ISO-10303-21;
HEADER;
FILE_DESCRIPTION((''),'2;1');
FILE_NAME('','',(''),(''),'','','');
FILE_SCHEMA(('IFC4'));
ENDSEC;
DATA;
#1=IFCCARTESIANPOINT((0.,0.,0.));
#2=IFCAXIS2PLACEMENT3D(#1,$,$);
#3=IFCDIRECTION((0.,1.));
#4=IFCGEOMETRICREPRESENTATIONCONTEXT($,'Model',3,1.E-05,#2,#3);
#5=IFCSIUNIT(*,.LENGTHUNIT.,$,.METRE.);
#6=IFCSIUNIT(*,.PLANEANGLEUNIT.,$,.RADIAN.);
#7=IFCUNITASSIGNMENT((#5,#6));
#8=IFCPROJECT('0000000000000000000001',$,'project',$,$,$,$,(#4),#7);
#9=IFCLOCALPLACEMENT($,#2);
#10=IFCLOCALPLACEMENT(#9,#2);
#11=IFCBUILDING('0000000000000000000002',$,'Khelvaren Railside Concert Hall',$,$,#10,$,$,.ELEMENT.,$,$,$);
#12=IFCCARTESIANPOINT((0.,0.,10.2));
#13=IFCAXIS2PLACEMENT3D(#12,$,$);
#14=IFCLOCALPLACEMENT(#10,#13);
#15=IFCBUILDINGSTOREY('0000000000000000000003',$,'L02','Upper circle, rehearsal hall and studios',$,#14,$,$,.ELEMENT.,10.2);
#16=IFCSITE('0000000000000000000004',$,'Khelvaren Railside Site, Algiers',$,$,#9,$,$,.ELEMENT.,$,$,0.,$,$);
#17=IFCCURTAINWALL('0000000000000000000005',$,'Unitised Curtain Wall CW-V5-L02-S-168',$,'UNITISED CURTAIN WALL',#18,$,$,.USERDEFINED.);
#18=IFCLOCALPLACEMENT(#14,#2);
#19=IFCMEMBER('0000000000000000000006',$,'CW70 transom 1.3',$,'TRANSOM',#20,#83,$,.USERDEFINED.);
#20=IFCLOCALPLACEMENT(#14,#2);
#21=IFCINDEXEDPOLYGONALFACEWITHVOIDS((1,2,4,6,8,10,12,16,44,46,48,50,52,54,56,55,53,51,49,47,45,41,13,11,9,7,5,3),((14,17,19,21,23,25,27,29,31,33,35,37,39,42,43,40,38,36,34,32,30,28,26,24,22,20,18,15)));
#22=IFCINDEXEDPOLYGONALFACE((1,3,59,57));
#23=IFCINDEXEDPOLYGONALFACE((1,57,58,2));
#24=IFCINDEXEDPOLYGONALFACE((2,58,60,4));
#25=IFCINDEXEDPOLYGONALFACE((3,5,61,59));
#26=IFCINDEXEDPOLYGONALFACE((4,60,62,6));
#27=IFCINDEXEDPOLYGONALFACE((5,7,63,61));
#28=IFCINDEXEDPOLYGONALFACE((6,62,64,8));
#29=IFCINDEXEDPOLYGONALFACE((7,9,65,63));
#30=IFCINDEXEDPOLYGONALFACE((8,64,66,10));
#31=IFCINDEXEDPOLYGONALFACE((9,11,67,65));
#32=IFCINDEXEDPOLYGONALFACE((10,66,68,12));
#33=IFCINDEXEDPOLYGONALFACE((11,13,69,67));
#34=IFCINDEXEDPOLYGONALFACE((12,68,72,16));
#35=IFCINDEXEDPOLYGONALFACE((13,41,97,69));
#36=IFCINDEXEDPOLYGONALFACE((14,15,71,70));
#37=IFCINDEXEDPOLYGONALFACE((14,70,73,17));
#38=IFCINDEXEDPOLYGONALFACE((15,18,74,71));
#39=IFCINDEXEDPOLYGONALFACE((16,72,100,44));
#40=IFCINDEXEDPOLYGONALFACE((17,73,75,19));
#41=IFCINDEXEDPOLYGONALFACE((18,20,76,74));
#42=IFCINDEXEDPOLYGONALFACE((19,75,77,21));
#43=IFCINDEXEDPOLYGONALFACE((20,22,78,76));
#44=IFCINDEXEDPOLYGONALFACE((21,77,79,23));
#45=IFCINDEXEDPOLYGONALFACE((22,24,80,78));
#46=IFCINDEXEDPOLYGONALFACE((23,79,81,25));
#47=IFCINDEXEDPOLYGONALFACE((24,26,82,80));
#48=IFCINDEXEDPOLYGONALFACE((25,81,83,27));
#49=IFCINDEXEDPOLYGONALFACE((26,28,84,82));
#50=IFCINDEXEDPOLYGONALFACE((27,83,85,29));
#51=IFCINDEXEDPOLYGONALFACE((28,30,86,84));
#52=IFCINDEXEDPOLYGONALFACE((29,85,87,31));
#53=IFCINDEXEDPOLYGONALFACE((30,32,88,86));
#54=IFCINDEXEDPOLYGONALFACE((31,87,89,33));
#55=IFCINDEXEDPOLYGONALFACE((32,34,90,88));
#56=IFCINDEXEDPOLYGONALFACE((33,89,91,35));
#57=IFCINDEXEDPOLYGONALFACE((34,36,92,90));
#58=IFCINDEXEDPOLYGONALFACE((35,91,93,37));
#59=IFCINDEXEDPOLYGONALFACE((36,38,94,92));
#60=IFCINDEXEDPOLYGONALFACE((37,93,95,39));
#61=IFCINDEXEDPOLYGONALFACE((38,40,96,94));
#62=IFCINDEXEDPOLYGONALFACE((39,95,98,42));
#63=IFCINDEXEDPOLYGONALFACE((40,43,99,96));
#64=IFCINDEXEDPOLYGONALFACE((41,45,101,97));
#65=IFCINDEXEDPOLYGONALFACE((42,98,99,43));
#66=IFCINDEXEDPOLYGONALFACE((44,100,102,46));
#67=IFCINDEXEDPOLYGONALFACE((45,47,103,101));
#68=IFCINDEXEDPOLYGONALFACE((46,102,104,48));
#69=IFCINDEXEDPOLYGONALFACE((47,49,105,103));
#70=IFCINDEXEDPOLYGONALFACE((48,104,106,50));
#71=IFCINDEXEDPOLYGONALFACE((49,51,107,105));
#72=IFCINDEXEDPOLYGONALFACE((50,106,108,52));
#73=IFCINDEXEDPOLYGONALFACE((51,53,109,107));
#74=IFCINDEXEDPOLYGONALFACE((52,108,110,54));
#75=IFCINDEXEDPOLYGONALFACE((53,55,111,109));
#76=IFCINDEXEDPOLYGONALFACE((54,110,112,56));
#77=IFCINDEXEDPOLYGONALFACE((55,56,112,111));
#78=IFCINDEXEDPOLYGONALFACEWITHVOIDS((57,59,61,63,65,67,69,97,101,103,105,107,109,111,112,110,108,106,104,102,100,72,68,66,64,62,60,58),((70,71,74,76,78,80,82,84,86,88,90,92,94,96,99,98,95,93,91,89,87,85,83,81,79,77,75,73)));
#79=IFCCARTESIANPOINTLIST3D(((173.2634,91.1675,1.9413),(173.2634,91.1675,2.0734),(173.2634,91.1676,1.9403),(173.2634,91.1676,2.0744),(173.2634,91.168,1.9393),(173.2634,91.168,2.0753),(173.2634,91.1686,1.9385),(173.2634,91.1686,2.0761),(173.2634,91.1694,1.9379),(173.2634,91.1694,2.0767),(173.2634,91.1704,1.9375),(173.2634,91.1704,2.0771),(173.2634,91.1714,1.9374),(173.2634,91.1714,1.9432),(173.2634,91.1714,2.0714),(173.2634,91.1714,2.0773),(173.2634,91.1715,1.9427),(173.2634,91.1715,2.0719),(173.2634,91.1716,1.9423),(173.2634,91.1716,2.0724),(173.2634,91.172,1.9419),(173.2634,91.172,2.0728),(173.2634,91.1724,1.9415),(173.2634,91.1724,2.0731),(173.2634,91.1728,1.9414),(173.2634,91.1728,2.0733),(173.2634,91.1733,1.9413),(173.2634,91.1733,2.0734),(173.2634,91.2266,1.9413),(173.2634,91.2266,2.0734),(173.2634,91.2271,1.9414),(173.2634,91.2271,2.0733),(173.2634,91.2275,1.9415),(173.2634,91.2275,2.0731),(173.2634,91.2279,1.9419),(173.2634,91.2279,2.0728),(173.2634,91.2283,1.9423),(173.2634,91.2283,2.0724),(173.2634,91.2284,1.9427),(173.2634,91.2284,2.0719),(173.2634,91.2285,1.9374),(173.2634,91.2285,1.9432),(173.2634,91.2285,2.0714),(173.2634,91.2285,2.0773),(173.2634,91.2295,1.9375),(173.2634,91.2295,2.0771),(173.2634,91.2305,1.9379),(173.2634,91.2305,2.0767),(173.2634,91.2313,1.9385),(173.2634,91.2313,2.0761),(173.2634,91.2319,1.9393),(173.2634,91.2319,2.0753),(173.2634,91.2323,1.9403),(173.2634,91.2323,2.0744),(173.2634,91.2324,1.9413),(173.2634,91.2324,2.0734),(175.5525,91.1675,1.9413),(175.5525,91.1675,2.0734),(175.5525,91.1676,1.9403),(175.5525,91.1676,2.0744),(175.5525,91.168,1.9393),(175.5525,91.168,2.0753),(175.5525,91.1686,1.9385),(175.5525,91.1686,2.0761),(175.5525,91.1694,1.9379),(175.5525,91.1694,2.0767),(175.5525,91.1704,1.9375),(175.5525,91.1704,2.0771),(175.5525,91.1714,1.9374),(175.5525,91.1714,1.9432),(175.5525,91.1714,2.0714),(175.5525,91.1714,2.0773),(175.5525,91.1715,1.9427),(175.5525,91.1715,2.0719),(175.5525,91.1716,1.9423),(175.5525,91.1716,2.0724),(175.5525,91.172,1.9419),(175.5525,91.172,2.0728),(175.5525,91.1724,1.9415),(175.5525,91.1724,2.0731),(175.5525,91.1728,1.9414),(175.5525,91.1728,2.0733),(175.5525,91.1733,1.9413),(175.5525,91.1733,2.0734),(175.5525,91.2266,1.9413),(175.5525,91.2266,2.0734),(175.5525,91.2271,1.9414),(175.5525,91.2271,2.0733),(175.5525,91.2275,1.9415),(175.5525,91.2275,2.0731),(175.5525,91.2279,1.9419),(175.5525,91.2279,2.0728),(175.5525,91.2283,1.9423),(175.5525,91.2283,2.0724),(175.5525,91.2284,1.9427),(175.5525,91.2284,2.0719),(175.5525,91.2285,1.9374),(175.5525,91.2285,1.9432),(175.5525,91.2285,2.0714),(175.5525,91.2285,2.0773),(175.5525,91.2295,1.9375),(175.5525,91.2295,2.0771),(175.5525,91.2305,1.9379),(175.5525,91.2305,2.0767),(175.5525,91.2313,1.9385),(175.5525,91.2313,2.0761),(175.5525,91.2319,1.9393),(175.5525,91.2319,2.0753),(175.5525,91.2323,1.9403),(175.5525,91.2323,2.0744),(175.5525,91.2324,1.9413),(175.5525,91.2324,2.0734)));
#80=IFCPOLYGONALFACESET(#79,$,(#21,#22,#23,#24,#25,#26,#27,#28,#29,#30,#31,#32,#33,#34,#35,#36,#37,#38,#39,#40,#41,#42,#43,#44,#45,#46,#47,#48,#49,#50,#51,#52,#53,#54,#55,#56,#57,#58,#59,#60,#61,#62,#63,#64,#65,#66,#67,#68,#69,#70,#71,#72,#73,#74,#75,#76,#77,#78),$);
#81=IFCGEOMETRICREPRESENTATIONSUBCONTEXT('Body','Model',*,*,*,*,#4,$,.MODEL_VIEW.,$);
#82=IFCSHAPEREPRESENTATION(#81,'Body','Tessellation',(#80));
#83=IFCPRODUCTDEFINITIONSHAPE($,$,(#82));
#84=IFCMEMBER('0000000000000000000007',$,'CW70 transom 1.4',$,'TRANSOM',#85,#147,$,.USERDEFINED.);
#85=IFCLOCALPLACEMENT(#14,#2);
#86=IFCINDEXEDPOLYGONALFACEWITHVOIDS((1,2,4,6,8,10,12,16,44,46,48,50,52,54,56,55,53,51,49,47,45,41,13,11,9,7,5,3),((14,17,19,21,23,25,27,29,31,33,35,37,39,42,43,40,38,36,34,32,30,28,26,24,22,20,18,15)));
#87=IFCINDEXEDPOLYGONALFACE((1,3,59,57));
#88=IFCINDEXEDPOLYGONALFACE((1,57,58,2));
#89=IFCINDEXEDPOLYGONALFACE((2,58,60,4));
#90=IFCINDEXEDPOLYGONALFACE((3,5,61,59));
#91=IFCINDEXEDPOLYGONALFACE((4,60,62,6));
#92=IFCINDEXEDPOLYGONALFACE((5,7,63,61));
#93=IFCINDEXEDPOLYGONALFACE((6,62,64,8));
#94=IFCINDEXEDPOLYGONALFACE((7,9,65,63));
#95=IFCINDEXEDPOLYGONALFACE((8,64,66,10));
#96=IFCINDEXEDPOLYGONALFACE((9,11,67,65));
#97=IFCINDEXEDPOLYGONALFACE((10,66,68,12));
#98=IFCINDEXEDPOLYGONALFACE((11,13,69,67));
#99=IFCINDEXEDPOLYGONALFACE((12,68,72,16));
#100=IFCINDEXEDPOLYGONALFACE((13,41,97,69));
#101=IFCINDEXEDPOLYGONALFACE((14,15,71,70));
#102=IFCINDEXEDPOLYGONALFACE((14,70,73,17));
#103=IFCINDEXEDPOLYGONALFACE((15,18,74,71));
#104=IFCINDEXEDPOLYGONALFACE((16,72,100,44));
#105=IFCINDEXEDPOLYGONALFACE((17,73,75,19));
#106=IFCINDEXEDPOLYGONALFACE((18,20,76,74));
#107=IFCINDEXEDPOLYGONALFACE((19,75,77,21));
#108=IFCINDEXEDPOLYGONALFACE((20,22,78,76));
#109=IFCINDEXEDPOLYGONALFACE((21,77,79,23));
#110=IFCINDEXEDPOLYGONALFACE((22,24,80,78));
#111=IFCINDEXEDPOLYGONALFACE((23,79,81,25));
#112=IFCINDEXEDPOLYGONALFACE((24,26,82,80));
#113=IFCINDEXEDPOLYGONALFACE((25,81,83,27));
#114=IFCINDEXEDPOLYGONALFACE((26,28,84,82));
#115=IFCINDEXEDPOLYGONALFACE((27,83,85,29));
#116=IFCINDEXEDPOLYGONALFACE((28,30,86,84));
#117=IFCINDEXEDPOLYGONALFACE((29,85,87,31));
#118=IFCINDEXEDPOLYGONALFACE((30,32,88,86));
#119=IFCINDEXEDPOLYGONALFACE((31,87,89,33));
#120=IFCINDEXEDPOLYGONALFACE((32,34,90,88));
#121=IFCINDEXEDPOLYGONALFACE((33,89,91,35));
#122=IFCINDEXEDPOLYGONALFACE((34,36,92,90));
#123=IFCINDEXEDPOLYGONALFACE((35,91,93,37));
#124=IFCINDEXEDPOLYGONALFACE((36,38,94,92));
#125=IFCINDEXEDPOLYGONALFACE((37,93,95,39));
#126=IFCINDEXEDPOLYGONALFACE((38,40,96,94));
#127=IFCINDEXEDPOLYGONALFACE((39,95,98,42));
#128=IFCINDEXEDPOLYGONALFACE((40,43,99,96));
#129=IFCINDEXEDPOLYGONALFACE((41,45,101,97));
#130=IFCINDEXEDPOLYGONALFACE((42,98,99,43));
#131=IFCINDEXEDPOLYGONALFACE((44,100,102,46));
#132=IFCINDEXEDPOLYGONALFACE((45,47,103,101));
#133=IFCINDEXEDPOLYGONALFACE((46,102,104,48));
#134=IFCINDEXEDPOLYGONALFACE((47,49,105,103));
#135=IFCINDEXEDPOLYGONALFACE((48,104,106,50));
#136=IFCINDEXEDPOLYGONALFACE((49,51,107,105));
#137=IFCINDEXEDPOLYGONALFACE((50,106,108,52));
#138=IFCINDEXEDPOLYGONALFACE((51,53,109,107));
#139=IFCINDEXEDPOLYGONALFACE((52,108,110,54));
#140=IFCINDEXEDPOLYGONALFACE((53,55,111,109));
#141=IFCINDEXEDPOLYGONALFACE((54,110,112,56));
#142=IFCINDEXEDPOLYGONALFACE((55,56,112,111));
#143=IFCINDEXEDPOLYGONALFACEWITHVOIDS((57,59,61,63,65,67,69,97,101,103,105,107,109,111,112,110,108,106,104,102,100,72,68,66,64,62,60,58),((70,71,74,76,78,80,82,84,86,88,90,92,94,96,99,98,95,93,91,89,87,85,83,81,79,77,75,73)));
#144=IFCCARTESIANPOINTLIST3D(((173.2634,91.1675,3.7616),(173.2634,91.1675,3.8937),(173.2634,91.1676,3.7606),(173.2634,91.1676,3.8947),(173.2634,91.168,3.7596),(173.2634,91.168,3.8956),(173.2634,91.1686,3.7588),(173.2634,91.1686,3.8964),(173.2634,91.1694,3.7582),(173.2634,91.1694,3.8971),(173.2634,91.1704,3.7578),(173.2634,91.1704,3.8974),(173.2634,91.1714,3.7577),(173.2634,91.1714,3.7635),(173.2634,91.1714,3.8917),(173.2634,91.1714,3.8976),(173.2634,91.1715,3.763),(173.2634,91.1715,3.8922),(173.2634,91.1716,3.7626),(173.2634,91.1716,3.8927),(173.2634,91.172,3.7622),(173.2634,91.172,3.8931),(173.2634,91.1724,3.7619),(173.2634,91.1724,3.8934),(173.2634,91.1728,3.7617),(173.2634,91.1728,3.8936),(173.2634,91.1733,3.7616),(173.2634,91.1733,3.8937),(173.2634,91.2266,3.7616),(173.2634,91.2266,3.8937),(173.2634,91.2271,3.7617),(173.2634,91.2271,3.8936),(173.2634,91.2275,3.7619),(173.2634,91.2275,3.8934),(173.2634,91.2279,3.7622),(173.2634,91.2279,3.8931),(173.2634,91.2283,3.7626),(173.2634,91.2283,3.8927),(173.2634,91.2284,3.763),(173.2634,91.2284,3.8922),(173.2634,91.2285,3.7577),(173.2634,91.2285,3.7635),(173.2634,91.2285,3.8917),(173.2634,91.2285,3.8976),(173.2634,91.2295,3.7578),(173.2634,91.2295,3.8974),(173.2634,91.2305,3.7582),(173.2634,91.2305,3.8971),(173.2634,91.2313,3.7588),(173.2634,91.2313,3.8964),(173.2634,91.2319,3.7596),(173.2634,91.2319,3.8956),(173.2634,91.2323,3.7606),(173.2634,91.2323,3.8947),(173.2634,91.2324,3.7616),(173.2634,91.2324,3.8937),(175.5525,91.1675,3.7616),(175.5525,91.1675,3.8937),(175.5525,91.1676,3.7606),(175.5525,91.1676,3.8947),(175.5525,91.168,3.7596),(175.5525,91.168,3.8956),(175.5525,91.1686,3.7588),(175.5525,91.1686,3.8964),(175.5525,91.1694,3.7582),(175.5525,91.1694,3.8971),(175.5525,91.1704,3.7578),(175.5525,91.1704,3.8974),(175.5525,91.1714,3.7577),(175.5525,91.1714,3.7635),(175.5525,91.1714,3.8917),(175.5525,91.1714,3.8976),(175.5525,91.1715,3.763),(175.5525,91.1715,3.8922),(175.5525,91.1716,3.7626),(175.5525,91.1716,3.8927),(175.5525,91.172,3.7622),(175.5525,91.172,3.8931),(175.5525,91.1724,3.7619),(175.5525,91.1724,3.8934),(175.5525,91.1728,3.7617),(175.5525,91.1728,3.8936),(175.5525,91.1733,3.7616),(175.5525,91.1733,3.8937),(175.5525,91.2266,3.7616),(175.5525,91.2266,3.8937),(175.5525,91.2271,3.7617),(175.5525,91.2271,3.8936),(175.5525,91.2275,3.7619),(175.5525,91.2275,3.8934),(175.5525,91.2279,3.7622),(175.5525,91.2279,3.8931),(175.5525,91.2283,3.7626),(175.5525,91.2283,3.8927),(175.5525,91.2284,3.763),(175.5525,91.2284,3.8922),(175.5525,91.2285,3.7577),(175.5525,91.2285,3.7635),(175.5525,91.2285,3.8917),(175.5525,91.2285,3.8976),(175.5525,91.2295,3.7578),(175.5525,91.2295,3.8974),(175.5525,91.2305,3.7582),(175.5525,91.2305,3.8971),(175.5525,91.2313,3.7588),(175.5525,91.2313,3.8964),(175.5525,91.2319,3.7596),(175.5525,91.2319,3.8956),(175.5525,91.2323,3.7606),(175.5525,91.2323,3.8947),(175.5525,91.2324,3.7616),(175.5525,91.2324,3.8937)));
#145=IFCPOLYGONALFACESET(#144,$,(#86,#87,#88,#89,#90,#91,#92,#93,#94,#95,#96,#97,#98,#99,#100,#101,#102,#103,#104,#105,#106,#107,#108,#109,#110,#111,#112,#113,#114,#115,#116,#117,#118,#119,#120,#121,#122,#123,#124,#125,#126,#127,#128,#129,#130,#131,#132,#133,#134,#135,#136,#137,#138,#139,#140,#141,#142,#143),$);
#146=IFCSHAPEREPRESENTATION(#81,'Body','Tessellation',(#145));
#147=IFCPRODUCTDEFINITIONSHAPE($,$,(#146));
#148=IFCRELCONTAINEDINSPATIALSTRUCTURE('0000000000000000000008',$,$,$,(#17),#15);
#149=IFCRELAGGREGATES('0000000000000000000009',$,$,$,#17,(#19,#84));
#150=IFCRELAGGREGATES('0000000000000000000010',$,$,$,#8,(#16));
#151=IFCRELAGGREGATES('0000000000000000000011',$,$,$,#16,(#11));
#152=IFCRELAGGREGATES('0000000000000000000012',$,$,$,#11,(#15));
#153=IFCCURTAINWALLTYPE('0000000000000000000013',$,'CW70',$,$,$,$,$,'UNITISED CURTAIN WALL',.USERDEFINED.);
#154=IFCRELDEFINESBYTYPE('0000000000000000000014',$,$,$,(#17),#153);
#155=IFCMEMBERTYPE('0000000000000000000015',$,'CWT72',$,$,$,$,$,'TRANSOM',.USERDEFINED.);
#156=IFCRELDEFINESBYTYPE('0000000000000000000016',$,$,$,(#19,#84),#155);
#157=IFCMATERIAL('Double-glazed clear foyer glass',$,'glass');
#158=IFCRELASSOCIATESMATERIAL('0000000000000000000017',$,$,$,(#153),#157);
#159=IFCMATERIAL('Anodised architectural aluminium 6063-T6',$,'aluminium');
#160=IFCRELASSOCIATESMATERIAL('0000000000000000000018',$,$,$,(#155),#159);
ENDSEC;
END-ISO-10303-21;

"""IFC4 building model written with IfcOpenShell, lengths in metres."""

from ifc_helpers import new_model, si_unit, direction, frame, origin, origin_2d, place, context, subcontext, project, spatial, hollow_rectangle, extrude, material, material_profile, profile_set, type_object, element, aggregate, save


model = new_model("IFC4")

# Units and contexts
model_context = context("Model", 3, precision=1e-05, world=origin(), true_north=direction((0.0, 1.0)))
body_context = subcontext(model_context, "Body", "Model", "MODEL_VIEW")
ifc_project = project(units=[si_unit("LENGTHUNIT", "METRE"), si_unit("PLANEANGLEUNIT", "RADIAN")], contexts=[model_context])

# Site, building, storey
site_placement = place(None, origin())
site = spatial("IfcSite", under=ifc_project, at=site_placement, Name="Khelvaren Railside Site, Algiers", CompositionType="ELEMENT", RefElevation=0.0)
building_placement = place(site_placement, origin())
building = spatial("IfcBuilding", under=site, at=building_placement, Name="Khelvaren Railside Concert Hall", CompositionType="ELEMENT")
storey_placement = place(building_placement, frame((0.0, 0.0, 10.2)))
storey = spatial("IfcBuildingStorey", under=building, at=storey_placement, Name="L02", Description="Upper circle, rehearsal hall and studios", CompositionType="ELEMENT", Elevation=10.2)

# Curtain wall
ifc_material_1 = material(Name="Double-glazed clear foyer glass", Category="glass")
curtain_wall_type_1 = type_object("IfcCurtainWallType", Name="CW70", ElementType="UNITISED CURTAIN WALL", PredefinedType="USERDEFINED", material=ifc_material_1)
curtain_wall_1_placement = place(storey_placement, origin())
curtain_wall_1 = element("IfcCurtainWall", 1, at=curtain_wall_1_placement, inside=storey, type_object=curtain_wall_type_1, Name="Unitised Curtain Wall CW-V5-L02-S-168", ObjectType="UNITISED CURTAIN WALL", PredefinedType="USERDEFINED")
ifc_material_2 = material(Name="Anodised architectural aluminium 6063-T6", Category="aluminium")

# Members
ifc_material_profile_1 = material_profile(ifc_material_2, hollow_rectangle(XDim=0.0649, YDim=0.1399, WallThickness=0.0039, InnerFilletRadius=0.002, OuterFilletRadius=0.0039, at=origin_2d()), Name="CWT 65x140x4")
ifc_profile_set_1 = profile_set([ifc_material_profile_1], Name="Anodised architectural aluminium 6063-T6")
member_type_1 = type_object("IfcMemberType", Name="CWT72", ElementType="TRANSOM", PredefinedType="USERDEFINED", material=ifc_profile_set_1)
member_1_placement = place(storey_placement, frame((175.5525, 91.2, 2.0073), z_axis=(-1.0, 0.0, 0.0), x_axis=(0.0, -1.0, 0.0)))
member_1 = element("IfcMember", 2, at=member_1_placement, type_object=member_type_1, Name="CW70 transom 1.3", ObjectType="TRANSOM", PredefinedType="USERDEFINED", context=body_context, shape_type="SweptSolid", body=[
    extrude(hollow_rectangle(XDim=0.0649, YDim=0.1399, WallThickness=0.0039, InnerFilletRadius=0.002, OuterFilletRadius=0.0039, at=origin_2d()), origin(), (0.0, 0.0, 1.0), 2.2891),
])
member_2_placement = place(storey_placement, frame((175.5525, 91.2, 3.8276), z_axis=(-1.0, 0.0, 0.0), x_axis=(0.0, -1.0, 0.0)))
member_2 = element("IfcMember", 3, at=member_2_placement, type_object=member_type_1, Name="CW70 transom 1.4", ObjectType="TRANSOM", PredefinedType="USERDEFINED", context=body_context, shape_type="SweptSolid", body=[
    extrude(hollow_rectangle(XDim=0.0649, YDim=0.1399, WallThickness=0.0039, InnerFilletRadius=0.002, OuterFilletRadius=0.0039, at=origin_2d()), origin(), (0.0, 0.0, 1.0), 2.2891),
])

aggregate(curtain_wall_1, [member_1, member_2])

save(model, "model.ifc")
